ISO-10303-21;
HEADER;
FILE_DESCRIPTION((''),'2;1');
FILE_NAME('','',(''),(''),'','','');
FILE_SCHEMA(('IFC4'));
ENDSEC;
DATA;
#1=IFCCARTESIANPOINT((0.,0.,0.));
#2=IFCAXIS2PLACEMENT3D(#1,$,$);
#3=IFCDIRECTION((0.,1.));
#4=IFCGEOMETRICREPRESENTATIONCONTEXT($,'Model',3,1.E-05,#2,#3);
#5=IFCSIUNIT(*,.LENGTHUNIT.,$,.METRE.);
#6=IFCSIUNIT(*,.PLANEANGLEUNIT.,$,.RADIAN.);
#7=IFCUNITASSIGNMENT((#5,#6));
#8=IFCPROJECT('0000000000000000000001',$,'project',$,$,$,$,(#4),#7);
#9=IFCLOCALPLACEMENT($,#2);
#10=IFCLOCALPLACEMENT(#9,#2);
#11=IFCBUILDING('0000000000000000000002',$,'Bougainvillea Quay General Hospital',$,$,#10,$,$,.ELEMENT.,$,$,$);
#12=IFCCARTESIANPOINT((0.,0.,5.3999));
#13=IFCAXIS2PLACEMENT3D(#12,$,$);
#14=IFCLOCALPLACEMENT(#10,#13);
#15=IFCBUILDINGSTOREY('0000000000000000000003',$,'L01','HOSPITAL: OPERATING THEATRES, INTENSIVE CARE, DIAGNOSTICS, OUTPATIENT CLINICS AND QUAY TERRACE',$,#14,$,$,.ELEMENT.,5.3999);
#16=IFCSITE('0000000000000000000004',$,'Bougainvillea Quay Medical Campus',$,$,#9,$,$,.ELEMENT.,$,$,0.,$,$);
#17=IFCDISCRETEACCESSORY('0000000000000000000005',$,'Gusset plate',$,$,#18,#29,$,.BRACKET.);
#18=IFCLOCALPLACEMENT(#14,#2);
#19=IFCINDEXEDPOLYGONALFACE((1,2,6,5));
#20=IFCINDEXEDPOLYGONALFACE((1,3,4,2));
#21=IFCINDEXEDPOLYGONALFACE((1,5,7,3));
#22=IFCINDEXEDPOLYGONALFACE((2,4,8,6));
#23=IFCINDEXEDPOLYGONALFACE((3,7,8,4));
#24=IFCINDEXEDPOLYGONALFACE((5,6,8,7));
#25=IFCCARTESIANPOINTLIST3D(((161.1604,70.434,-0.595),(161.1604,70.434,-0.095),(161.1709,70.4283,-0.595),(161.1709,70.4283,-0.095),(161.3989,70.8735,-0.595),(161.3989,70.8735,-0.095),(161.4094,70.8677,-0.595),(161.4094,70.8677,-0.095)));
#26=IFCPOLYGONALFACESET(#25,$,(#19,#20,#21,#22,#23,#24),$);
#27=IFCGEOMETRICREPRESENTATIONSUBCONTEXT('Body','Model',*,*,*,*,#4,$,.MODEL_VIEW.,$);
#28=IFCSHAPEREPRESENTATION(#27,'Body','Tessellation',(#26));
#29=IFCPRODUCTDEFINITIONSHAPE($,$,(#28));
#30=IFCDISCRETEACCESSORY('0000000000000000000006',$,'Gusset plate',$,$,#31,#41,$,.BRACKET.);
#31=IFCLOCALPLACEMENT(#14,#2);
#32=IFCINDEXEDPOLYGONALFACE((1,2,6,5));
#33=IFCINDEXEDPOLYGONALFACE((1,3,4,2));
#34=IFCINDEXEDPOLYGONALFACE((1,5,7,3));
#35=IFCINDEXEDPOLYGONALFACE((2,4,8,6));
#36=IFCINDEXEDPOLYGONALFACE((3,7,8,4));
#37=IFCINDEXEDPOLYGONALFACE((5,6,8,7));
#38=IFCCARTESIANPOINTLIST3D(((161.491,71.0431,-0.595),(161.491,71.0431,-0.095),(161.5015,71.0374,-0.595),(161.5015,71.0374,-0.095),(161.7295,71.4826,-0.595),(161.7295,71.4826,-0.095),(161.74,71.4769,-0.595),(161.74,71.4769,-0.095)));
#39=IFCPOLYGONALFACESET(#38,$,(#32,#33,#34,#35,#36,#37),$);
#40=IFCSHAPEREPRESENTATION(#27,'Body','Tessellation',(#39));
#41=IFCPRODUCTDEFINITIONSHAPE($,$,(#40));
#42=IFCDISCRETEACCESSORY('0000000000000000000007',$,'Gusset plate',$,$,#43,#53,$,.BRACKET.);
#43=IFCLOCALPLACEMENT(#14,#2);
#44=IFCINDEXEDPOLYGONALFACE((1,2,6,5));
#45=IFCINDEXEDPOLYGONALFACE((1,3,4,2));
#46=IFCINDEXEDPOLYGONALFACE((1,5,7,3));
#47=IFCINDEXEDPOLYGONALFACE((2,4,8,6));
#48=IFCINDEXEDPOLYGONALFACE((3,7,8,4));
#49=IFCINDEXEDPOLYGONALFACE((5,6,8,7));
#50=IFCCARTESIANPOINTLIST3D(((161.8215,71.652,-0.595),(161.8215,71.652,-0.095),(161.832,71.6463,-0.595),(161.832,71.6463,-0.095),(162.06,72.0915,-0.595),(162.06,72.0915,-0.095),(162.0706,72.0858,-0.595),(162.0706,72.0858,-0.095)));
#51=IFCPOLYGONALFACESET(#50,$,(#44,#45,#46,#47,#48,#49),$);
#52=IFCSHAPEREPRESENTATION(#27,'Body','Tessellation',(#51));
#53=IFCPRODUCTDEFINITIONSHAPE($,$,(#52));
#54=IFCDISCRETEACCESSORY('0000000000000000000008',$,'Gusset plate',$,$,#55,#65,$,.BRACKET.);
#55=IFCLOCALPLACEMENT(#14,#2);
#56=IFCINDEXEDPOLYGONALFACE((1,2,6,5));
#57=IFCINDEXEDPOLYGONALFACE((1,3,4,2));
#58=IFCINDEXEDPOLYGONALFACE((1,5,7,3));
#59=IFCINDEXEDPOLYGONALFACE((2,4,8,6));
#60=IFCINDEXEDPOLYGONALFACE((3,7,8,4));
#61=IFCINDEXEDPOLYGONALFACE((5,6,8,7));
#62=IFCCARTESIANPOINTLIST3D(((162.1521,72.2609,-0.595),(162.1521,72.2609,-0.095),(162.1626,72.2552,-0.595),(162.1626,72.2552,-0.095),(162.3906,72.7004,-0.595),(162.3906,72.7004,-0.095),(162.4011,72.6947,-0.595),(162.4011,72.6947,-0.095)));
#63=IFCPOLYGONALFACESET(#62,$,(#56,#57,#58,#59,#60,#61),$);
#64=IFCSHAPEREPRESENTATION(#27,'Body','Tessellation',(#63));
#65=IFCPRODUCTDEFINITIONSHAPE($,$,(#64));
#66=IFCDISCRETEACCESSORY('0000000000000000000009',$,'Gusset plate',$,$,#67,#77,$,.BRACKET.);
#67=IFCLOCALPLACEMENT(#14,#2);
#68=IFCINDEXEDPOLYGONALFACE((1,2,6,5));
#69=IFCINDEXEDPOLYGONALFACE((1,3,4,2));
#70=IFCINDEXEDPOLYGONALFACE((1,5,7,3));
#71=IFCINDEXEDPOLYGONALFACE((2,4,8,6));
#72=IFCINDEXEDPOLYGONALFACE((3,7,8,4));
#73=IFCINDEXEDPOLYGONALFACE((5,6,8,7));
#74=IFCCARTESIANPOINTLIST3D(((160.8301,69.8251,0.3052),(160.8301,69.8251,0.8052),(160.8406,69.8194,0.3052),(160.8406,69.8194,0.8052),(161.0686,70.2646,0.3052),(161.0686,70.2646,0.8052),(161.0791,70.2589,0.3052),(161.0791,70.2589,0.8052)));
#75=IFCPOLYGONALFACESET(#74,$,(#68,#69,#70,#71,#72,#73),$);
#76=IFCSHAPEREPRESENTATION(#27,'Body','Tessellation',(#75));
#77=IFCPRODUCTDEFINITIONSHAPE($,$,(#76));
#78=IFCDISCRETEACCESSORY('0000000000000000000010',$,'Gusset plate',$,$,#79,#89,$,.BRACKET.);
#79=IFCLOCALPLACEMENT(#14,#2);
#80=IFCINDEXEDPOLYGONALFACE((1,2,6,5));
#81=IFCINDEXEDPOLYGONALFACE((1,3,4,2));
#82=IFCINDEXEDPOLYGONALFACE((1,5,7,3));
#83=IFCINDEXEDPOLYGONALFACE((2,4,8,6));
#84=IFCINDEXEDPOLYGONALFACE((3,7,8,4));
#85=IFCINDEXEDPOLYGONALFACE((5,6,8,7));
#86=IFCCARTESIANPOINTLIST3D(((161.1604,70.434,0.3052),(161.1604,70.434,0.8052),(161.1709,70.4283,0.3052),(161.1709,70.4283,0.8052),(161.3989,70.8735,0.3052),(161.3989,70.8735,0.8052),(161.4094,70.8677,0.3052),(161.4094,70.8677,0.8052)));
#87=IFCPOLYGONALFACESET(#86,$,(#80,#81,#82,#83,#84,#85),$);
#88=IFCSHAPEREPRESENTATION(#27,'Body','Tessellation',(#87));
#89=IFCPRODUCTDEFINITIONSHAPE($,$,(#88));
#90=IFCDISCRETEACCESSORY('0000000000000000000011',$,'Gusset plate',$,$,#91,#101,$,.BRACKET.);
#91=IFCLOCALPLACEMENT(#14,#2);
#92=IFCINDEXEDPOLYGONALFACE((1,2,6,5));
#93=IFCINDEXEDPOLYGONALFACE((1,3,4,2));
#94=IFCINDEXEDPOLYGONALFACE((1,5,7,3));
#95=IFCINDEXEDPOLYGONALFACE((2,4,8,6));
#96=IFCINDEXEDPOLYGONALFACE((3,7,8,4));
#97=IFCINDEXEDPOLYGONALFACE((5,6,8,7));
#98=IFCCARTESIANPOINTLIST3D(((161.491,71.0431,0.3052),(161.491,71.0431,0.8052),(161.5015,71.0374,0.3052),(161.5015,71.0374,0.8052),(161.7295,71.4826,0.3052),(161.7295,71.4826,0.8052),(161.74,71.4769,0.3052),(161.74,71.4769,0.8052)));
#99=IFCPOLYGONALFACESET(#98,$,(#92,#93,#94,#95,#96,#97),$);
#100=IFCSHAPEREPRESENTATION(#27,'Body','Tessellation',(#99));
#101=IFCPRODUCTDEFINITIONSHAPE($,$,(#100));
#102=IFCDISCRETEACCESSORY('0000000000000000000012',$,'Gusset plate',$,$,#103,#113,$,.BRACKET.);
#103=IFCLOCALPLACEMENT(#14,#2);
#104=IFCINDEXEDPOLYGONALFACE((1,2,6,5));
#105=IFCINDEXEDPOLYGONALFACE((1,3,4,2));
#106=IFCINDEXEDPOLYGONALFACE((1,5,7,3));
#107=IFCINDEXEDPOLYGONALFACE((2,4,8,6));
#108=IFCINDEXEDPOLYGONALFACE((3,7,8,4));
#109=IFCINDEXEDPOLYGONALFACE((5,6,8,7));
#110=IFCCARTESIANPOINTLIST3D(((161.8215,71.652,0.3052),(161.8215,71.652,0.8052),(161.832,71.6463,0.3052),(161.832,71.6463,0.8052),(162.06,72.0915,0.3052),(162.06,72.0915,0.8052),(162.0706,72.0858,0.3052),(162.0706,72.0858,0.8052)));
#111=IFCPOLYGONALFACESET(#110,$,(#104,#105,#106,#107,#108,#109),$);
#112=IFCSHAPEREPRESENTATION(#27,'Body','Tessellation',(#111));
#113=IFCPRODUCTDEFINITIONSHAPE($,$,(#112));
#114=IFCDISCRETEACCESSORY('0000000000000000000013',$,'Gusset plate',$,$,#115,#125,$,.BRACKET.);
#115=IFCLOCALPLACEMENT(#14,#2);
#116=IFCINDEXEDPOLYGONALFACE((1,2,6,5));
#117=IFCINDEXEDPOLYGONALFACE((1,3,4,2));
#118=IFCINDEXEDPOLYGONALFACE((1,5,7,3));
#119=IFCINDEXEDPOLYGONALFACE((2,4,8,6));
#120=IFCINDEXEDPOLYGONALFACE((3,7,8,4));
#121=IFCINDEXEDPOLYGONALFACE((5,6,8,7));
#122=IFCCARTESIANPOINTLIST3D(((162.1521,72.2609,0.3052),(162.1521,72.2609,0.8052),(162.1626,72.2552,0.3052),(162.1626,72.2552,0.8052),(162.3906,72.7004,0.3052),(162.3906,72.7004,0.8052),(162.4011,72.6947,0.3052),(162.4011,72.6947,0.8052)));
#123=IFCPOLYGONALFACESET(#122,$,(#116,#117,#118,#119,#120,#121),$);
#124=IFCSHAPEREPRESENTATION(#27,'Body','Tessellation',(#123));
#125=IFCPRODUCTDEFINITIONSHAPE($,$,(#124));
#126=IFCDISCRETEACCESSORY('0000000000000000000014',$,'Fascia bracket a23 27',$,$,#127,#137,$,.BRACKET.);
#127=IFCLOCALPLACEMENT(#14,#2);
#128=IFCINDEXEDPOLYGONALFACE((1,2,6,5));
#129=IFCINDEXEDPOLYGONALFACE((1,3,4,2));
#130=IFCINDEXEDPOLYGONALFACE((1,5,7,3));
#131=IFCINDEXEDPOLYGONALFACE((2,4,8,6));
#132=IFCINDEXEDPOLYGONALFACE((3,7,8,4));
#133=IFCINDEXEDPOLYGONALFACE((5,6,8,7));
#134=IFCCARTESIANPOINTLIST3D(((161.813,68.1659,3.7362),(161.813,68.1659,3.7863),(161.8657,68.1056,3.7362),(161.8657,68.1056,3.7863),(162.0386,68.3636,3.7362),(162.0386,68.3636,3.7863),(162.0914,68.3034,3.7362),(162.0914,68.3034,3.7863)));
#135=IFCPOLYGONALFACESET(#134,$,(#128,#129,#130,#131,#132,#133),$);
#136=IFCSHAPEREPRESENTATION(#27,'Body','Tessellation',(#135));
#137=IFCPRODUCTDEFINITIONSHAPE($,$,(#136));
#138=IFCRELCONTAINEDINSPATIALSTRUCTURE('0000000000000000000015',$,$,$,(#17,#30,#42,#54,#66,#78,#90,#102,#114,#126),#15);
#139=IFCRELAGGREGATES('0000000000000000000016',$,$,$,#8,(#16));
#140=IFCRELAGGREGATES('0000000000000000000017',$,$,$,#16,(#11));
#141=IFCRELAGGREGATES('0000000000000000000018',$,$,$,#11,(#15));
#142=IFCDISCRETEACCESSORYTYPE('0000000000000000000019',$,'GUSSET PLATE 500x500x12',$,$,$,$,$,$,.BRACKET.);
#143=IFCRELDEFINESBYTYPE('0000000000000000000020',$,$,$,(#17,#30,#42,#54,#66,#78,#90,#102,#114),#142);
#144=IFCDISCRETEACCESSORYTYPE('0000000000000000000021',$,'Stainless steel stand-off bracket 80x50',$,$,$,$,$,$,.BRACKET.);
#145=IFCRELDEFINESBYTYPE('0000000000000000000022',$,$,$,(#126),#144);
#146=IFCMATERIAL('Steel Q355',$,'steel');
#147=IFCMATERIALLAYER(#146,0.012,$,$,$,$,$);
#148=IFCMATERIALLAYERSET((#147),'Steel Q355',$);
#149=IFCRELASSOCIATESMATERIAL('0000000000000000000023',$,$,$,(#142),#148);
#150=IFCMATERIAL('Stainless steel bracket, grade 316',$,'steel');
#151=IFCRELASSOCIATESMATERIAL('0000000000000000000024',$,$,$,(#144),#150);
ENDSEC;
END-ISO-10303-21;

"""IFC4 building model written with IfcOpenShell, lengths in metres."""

from ifc_helpers import new_model, si_unit, direction, frame, origin, origin_2d, place, context, subcontext, project, spatial, rectangle, extrude, material, layer, layer_set, material_profile, profile_set, type_object, element, save


model = new_model("IFC4")

# Units and contexts
model_context = context("Model", 3, precision=1e-05, world=origin(), true_north=direction((0.0, 1.0)))
body_context = subcontext(model_context, "Body", "Model", "MODEL_VIEW")
ifc_project = project(units=[si_unit("LENGTHUNIT", "METRE"), si_unit("PLANEANGLEUNIT", "RADIAN")], contexts=[model_context])

# Site, building, storey
site_placement = place(None, origin())
site = spatial("IfcSite", under=ifc_project, at=site_placement, Name="Bougainvillea Quay Medical Campus", CompositionType="ELEMENT", RefElevation=0.0)
building_placement = place(site_placement, origin())
building = spatial("IfcBuilding", under=site, at=building_placement, Name="Bougainvillea Quay General Hospital", CompositionType="ELEMENT")
storey_placement = place(building_placement, frame((0.0, 0.0, 5.3999)))
storey = spatial("IfcBuildingStorey", under=building, at=storey_placement, Name="L01", Description="HOSPITAL: OPERATING THEATRES, INTENSIVE CARE, DIAGNOSTICS, OUTPATIENT CLINICS AND QUAY TERRACE", CompositionType="ELEMENT", Elevation=5.3999)

# Shared definitions
ifc_material_1 = material(Name="Steel Q355", Category="steel")

# Discrete accessories
ifc_layer_1 = layer(ifc_material_1, 0.012)
ifc_layer_set_1 = layer_set([ifc_layer_1], Name="Steel Q355")
discrete_accessory_type_1 = type_object("IfcDiscreteAccessoryType", Name="GUSSET PLATE 500x500x12", PredefinedType="BRACKET", material=ifc_layer_set_1)
for number, where, z_axis, x_axis, name in (
    (1, (161.2849, 70.6509, -0.595), (0.0, 0.0, 1.0), (0.477018, 0.878894, 0.0), "Gusset plate"),
    (2, (161.6155, 71.26, -0.595), (0.0, 0.0, 1.0), (0.477018, 0.878894, 0.0), "Gusset plate"),
    (3, (161.946, 71.8689, -0.595), (0.0, 0.0, 1.0), (0.477018, 0.878894, 0.0), "Gusset plate"),
    (4, (162.2766, 72.4778, -0.595), (0.0, 0.0, 1.0), (0.477018, 0.878894, 0.0), "Gusset plate"),
    (5, (160.9546, 70.042, 0.3052), (0.0, 0.0, 1.0), (0.477018, 0.878894, 0.0), "Gusset plate"),
    (6, (161.2849, 70.6509, 0.3052), (0.0, 0.0, 1.0), (0.477018, 0.878894, 0.0), "Gusset plate"),
    (7, (161.6155, 71.26, 0.3052), (0.0, 0.0, 1.0), (0.477018, 0.878894, 0.0), "Gusset plate"),
    (8, (161.946, 71.8689, 0.3052), (0.0, 0.0, 1.0), (0.477018, 0.878894, 0.0), "Gusset plate"),
    (9, (162.2766, 72.4778, 0.3052), (0.0, 0.0, 1.0), (0.477018, 0.878894, 0.0), "Gusset plate"),
):
    element("IfcDiscreteAccessory", number, at=place(storey_placement, frame(where, z_axis=z_axis, x_axis=x_axis)), inside=storey, type_object=discrete_accessory_type_1, Name=name, PredefinedType="BRACKET", context=body_context, shape_type="SweptSolid", body=[
        extrude(rectangle(XDim=0.5, YDim=0.012, at=origin_2d()), origin(), (0.0, 0.0, 1.0), 0.5),
    ])
ifc_material_2 = material(Name="Stainless steel bracket, grade 316", Category="steel")
ifc_material_profile_1 = material_profile(ifc_material_2, rectangle(XDim=0.0801, YDim=0.05, at=origin_2d()))
ifc_profile_set_1 = profile_set([ifc_material_profile_1], Name="Stainless steel bracket, grade 316")
discrete_accessory_type_2 = type_object("IfcDiscreteAccessoryType", Name="Stainless steel stand-off bracket 80x50", PredefinedType="BRACKET", material=ifc_profile_set_1)
discrete_accessory_placement = place(storey_placement, frame((161.8394, 68.1357, 3.7612), z_axis=(0.751971, 0.659196, 0.0), x_axis=(-0.659196, 0.751971, 0.0)))
element("IfcDiscreteAccessory", 10, at=discrete_accessory_placement, inside=storey, type_object=discrete_accessory_type_2, Name="Fascia bracket a23 27", PredefinedType="BRACKET", context=body_context, shape_type="SweptSolid", body=[
    extrude(rectangle(XDim=0.0801, YDim=0.05, at=origin_2d()), origin(), (0.0, 0.0, 1.0), 0.3),
])

save(model, "model.ifc")
